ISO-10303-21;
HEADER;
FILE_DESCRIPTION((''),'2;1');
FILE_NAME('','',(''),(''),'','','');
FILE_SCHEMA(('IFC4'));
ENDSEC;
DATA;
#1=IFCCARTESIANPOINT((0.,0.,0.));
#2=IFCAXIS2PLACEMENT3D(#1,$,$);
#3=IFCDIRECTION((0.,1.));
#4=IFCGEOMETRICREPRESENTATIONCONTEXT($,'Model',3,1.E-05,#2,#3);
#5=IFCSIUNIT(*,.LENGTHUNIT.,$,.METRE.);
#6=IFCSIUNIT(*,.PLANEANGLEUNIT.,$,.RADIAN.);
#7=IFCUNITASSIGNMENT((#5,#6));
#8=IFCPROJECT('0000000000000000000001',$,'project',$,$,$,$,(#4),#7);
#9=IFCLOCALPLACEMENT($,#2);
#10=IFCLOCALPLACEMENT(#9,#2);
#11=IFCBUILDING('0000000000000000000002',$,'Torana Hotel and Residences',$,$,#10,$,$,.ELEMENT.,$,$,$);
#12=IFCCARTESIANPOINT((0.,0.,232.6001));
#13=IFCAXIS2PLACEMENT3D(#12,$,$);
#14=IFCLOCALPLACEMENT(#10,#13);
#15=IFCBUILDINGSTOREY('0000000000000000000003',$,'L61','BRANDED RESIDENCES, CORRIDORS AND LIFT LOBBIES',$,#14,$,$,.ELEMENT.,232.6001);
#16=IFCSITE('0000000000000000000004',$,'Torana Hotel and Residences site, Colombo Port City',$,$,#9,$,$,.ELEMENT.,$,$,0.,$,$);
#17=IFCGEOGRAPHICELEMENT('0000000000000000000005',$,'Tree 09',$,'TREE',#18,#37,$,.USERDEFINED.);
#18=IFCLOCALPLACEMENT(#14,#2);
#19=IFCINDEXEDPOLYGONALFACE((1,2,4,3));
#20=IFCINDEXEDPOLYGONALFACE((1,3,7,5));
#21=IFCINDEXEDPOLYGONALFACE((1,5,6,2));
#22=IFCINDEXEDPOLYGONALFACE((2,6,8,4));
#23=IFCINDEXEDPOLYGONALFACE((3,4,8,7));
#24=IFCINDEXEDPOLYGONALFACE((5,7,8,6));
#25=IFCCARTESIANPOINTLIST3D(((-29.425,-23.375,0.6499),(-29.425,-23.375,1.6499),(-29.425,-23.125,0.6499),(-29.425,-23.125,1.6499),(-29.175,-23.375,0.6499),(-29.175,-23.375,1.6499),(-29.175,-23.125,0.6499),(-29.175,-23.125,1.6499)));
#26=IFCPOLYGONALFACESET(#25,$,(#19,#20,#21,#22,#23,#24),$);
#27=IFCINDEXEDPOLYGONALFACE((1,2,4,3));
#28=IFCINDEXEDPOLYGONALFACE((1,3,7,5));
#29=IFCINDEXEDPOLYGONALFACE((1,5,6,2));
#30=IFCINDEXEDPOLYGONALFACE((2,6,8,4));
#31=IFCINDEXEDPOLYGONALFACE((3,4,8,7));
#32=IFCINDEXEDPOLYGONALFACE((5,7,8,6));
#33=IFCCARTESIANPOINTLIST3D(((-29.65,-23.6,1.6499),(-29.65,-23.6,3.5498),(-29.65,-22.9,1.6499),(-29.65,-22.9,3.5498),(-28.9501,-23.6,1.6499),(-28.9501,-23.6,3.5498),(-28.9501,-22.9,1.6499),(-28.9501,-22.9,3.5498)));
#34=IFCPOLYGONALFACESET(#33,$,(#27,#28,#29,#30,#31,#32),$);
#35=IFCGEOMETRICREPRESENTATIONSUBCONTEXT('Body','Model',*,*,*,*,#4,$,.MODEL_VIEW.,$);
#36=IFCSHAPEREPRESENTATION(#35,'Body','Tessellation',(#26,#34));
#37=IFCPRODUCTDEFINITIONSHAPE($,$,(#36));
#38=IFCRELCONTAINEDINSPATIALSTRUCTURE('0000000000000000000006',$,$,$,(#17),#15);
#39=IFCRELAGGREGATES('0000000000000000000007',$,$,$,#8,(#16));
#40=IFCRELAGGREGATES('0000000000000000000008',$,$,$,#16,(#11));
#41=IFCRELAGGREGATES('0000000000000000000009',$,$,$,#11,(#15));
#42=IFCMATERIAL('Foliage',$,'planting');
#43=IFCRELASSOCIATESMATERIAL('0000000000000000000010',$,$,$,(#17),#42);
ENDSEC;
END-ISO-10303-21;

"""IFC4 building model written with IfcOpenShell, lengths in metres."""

from ifc_helpers import new_model, si_unit, direction, frame, origin, origin_2d, place, context, subcontext, project, spatial, rectangle, extrude, material, element, save


model = new_model("IFC4")

# Units and contexts
model_context = context("Model", 3, precision=1e-05, world=origin(), true_north=direction((0.0, 1.0)))
body_context = subcontext(model_context, "Body", "Model", "MODEL_VIEW")
ifc_project = project(units=[si_unit("LENGTHUNIT", "METRE"), si_unit("PLANEANGLEUNIT", "RADIAN")], contexts=[model_context])

# Site, building, storey
site_placement = place(None, origin())
site = spatial("IfcSite", under=ifc_project, at=site_placement, Name="Torana Hotel and Residences site, Colombo Port City", CompositionType="ELEMENT", RefElevation=0.0)
building_placement = place(site_placement, origin())
building = spatial("IfcBuilding", under=site, at=building_placement, Name="Torana Hotel and Residences", CompositionType="ELEMENT")
storey_placement = place(building_placement, frame((0.0, 0.0, 232.6001)))
storey = spatial("IfcBuildingStorey", under=building, at=storey_placement, Name="L61", Description="BRANDED RESIDENCES, CORRIDORS AND LIFT LOBBIES", CompositionType="ELEMENT", Elevation=232.6001)

# Geographic element
ifc_material_1 = material(Name="Foliage", Category="planting")
geographic_element_placement = place(storey_placement, frame((-29.3, -23.25, 0.6499), z_axis=(0.0, 0.0, 1.0), x_axis=(1.0, 0.0, 0.0)))
element("IfcGeographicElement", 1, at=geographic_element_placement, inside=storey, material=ifc_material_1, Name="Tree 09", ObjectType="TREE", PredefinedType="USERDEFINED", context=body_context, shape_type="SweptSolid", body=[
    extrude(rectangle(XDim=0.25, YDim=0.25, at=origin_2d()), origin(), (0.0, 0.0, 1.0), 1.0),
    extrude(rectangle(XDim=0.7, YDim=0.7, at=origin_2d()), frame((0.0, 0.0, 1.0)), (0.0, 0.0, 1.0), 1.8999),
])

save(model, "model.ifc")
